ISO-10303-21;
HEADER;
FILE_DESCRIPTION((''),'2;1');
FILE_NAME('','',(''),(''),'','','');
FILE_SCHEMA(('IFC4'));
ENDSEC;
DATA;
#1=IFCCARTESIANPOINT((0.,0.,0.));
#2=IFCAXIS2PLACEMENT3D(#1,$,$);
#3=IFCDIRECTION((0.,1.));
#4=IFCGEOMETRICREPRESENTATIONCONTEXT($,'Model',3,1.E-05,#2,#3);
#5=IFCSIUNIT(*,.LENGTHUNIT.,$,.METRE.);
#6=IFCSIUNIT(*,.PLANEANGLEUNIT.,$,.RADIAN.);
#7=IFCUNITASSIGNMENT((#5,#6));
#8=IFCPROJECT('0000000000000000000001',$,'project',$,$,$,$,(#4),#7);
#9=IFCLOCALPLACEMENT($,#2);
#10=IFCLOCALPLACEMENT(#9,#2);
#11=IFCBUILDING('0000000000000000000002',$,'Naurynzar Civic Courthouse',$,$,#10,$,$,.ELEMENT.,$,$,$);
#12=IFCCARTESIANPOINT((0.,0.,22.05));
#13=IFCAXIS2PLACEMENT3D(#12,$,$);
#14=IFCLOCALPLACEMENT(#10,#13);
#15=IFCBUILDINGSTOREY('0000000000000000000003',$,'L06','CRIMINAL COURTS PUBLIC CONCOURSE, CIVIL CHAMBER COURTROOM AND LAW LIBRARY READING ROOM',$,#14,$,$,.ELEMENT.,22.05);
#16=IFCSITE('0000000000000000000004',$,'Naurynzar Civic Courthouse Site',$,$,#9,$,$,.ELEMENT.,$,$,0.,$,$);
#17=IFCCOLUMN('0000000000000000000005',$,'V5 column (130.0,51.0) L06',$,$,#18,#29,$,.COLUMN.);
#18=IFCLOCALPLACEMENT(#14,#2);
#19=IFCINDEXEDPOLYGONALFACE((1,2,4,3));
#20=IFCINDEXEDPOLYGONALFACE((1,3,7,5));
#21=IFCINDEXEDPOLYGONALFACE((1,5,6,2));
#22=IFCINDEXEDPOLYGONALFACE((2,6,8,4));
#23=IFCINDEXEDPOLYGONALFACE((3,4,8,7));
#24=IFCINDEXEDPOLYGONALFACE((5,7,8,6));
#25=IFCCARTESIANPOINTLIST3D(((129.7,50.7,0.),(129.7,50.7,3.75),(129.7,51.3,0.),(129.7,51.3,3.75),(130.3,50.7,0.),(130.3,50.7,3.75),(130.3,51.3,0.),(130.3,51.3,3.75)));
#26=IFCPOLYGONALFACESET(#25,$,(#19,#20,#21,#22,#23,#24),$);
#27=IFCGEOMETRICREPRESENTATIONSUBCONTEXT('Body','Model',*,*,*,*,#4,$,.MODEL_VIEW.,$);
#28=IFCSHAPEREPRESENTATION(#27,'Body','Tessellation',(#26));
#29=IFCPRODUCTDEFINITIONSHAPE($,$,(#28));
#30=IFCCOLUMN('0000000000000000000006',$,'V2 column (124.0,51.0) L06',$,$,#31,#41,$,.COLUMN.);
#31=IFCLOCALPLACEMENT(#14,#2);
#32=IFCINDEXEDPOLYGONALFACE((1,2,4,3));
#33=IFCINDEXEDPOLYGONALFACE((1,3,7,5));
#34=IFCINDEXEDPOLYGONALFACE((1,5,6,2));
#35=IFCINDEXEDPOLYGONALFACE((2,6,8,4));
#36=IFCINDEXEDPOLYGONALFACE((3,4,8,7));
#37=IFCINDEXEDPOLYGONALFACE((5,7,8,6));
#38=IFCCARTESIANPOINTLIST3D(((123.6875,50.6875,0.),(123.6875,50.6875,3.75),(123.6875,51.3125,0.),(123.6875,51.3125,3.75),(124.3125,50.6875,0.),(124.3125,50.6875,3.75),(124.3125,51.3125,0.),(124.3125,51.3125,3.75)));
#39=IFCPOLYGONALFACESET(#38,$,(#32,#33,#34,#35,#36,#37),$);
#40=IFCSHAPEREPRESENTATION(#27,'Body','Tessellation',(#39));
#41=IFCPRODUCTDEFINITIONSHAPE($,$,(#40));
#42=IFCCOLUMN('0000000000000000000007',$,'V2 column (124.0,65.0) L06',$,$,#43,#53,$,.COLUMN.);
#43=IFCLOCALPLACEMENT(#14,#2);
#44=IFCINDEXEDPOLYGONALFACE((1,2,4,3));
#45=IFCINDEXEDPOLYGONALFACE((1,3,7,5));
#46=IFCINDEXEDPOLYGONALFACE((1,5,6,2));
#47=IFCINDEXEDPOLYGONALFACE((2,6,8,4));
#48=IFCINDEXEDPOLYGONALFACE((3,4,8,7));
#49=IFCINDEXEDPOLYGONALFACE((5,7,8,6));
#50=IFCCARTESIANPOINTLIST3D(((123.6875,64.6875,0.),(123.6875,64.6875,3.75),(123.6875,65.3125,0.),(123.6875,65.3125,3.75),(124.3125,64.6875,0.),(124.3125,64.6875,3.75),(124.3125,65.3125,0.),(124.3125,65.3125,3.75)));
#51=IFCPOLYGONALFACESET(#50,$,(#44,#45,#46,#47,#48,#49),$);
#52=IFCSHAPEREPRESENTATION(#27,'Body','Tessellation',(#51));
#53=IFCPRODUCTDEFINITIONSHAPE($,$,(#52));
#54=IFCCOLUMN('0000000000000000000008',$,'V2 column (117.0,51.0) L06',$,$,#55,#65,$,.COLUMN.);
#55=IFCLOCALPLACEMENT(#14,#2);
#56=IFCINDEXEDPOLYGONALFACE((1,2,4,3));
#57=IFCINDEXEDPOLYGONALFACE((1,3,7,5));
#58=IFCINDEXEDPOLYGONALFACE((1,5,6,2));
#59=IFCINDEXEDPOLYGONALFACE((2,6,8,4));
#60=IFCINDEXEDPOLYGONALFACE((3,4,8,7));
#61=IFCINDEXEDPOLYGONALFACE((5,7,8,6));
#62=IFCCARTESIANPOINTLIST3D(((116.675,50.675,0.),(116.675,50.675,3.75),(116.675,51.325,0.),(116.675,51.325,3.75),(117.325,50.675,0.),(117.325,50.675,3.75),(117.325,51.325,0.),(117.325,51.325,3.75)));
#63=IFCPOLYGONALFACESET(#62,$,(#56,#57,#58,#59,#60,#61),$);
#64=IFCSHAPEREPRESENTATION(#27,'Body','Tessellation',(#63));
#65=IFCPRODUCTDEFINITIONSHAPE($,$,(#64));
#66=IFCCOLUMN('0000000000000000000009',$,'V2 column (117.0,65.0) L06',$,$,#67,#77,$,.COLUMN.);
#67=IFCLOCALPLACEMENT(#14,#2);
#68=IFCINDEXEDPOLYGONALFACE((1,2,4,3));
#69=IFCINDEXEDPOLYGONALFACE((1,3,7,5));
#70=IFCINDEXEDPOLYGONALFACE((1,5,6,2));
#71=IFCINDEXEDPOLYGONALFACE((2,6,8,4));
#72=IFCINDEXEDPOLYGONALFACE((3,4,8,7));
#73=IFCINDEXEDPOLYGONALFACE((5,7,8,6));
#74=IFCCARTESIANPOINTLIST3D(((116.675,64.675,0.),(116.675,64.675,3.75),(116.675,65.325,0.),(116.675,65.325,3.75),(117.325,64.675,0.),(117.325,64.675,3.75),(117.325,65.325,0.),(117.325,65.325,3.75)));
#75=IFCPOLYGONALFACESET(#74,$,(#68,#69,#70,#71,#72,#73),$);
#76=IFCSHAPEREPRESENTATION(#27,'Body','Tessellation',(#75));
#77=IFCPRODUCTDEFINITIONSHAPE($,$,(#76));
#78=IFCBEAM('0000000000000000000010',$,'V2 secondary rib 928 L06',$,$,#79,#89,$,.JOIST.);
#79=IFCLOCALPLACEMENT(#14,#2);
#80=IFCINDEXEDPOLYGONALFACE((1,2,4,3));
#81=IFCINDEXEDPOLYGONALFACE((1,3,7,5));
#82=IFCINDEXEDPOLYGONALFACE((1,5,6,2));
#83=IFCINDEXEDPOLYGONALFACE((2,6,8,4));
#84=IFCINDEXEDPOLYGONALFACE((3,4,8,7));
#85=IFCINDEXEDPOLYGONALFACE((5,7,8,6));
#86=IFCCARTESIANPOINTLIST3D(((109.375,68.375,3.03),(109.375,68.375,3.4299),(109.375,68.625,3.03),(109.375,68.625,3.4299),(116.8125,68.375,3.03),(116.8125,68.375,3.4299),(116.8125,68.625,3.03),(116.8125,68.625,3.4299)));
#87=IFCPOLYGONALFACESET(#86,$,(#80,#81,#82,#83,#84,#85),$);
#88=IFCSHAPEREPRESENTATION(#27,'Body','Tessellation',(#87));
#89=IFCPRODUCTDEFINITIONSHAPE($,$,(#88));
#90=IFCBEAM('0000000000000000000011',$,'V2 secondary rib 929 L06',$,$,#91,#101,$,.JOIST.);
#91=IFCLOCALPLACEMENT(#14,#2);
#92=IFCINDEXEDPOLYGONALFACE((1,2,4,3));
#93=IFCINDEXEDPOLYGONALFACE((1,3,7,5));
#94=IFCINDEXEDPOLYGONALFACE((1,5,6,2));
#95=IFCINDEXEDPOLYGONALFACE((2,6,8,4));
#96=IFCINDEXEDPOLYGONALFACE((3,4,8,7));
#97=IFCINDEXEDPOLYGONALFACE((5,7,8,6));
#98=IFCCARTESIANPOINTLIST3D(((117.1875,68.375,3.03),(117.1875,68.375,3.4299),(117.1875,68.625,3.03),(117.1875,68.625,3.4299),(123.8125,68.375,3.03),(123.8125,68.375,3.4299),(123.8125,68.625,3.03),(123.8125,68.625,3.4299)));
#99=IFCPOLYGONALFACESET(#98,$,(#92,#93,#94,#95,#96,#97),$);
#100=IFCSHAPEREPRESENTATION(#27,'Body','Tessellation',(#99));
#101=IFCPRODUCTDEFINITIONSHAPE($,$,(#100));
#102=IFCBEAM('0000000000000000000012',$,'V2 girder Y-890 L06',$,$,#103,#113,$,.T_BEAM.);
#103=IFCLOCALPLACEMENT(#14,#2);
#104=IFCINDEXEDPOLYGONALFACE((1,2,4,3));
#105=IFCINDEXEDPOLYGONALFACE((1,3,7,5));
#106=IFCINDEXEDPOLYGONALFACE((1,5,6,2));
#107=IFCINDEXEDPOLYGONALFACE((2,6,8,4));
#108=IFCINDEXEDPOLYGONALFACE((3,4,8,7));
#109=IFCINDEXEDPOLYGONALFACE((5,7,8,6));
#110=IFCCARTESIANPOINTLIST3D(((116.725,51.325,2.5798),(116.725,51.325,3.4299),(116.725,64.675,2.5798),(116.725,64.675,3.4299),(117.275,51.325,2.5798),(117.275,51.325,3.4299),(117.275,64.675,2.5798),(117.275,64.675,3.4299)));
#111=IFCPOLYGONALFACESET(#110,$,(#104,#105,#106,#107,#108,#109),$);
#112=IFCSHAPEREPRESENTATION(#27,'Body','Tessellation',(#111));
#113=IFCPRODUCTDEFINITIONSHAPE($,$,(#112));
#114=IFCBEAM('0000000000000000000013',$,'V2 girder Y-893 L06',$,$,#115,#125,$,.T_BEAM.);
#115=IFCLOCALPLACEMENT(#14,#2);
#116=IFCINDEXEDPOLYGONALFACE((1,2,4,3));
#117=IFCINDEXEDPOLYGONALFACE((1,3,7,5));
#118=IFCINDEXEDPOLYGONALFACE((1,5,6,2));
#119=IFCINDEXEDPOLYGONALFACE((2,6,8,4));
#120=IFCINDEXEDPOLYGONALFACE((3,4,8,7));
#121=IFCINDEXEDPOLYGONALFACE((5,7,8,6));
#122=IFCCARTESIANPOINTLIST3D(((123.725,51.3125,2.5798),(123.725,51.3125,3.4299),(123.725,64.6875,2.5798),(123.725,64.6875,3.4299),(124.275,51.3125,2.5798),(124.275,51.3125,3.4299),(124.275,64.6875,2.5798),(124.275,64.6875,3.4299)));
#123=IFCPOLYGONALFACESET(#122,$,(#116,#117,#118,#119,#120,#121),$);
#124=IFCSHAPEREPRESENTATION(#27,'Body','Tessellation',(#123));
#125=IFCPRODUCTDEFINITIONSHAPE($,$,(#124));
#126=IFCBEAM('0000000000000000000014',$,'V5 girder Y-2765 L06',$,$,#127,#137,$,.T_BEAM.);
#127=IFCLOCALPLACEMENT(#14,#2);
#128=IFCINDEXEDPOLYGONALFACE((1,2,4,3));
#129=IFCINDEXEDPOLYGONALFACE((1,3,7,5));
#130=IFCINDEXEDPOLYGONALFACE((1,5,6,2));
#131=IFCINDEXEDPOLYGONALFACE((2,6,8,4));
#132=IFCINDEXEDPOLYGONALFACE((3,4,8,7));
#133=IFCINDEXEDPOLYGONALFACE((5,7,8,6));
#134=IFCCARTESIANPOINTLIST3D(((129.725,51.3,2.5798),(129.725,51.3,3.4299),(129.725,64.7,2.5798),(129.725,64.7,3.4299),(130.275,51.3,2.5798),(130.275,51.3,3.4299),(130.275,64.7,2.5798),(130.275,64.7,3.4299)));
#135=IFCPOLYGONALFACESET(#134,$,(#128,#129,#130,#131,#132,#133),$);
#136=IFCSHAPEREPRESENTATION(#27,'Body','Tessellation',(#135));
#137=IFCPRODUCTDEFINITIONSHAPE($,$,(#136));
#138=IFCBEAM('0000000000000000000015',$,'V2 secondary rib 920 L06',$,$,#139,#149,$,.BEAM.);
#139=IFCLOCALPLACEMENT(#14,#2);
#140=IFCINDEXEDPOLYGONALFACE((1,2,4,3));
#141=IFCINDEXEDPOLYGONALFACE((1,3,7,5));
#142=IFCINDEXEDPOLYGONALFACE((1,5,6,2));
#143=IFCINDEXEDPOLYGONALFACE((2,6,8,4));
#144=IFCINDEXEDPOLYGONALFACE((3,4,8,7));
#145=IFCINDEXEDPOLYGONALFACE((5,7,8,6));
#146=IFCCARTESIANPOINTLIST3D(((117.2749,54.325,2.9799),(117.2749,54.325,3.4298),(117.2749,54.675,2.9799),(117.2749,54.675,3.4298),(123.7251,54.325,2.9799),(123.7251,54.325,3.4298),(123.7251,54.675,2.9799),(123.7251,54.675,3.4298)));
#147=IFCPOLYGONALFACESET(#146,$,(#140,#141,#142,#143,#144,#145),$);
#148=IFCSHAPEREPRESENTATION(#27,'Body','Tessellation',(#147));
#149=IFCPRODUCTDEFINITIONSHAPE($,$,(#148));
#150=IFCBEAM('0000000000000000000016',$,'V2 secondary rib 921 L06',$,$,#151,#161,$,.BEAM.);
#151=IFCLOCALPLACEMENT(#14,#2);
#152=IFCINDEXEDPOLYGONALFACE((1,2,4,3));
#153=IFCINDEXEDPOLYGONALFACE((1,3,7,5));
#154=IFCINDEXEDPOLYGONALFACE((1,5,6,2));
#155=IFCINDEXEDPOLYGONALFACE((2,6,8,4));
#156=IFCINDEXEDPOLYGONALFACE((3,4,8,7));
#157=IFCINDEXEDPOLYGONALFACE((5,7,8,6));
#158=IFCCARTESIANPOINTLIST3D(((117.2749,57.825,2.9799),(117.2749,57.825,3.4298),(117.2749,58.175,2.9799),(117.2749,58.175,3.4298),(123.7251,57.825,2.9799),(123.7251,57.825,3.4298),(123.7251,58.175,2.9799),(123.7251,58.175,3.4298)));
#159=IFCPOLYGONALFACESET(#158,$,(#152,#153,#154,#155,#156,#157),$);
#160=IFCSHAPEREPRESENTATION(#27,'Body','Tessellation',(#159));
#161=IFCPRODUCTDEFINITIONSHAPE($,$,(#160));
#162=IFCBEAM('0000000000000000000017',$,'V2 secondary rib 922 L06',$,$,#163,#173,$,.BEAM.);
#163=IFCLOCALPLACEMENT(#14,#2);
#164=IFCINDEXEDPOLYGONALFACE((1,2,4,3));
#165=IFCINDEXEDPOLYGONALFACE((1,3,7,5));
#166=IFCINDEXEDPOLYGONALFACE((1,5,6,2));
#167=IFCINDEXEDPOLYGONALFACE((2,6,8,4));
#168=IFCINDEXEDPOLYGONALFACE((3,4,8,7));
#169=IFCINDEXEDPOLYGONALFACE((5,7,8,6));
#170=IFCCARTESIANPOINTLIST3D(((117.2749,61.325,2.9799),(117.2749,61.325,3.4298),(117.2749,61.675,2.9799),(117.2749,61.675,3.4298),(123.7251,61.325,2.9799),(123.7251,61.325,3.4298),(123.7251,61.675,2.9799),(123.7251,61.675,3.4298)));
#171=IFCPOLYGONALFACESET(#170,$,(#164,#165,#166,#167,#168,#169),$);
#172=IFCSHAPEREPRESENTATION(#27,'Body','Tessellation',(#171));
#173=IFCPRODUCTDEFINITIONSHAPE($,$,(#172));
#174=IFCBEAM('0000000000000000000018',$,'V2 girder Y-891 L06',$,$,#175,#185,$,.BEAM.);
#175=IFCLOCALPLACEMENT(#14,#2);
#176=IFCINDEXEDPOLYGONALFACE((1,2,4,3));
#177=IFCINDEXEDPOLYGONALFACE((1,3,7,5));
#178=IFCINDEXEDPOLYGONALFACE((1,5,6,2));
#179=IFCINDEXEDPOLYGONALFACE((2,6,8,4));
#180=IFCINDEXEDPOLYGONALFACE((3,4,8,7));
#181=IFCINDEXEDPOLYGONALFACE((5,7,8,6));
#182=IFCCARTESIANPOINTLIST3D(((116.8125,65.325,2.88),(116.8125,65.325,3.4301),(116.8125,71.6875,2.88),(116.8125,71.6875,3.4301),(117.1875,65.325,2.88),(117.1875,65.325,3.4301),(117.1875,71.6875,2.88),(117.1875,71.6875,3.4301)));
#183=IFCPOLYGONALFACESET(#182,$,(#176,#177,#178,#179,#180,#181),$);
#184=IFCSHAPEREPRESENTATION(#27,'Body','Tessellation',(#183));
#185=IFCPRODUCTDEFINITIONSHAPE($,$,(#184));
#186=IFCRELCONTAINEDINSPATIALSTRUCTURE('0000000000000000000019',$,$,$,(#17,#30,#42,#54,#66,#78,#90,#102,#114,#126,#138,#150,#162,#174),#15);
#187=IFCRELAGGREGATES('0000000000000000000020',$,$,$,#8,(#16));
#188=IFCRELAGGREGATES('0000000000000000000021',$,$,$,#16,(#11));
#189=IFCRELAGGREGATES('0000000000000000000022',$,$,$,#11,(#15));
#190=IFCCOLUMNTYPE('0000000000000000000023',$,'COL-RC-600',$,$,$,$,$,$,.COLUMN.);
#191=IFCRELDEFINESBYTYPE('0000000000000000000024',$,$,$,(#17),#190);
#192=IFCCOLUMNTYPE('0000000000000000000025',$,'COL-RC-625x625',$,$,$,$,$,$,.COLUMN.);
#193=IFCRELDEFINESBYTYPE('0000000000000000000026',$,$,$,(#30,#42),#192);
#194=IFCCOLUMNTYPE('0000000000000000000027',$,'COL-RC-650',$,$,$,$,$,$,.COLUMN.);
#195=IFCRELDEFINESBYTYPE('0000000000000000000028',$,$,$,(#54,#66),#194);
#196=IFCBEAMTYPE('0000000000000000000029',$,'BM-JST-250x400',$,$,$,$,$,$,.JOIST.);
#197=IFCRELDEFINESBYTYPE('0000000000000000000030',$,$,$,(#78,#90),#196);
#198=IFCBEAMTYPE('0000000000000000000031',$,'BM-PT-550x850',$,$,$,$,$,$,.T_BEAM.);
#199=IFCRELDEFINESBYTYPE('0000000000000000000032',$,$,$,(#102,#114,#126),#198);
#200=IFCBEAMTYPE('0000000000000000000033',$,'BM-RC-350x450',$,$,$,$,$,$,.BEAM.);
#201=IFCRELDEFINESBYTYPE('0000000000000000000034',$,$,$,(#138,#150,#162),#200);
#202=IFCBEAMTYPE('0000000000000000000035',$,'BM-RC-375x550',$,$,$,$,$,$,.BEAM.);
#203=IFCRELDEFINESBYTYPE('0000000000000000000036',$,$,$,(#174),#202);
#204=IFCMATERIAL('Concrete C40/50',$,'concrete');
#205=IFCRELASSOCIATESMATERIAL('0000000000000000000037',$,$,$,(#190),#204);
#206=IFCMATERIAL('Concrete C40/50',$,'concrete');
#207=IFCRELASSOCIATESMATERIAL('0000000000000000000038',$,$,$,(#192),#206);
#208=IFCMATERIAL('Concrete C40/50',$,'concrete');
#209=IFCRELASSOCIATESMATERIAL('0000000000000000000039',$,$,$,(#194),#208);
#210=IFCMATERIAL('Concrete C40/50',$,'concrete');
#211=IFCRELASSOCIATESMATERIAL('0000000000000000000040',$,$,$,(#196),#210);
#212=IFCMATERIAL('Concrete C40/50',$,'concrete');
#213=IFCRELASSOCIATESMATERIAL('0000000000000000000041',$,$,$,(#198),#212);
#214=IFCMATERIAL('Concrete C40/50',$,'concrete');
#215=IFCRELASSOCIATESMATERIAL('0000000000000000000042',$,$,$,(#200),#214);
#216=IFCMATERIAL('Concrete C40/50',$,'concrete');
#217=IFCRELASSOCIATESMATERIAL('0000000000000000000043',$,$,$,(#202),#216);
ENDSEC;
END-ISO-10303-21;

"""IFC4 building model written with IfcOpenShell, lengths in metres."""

from ifc_helpers import new_model, si_unit, direction, frame, origin, origin_2d, place, context, subcontext, project, spatial, rectangle, extrude, material, material_profile, profile_set, type_object, element, save


model = new_model("IFC4")

# Units and contexts
model_context = context("Model", 3, precision=1e-05, world=origin(), true_north=direction((0.0, 1.0)))
body_context = subcontext(model_context, "Body", "Model", "MODEL_VIEW")
ifc_project = project(units=[si_unit("LENGTHUNIT", "METRE"), si_unit("PLANEANGLEUNIT", "RADIAN")], contexts=[model_context])

# Site, building, storey
site_placement = place(None, origin())
site = spatial("IfcSite", under=ifc_project, at=site_placement, Name="Naurynzar Civic Courthouse Site", CompositionType="ELEMENT", RefElevation=0.0)
building_placement = place(site_placement, origin())
building = spatial("IfcBuilding", under=site, at=building_placement, Name="Naurynzar Civic Courthouse", CompositionType="ELEMENT")
storey_placement = place(building_placement, frame((0.0, 0.0, 22.05)))
storey = spatial("IfcBuildingStorey", under=building, at=storey_placement, Name="L06", Description="CRIMINAL COURTS PUBLIC CONCOURSE, CIVIL CHAMBER COURTROOM AND LAW LIBRARY READING ROOM", CompositionType="ELEMENT", Elevation=22.05)

# Columns
ifc_material_1 = material(Name="Concrete C40/50", Category="concrete")
ifc_material_profile_1 = material_profile(ifc_material_1, rectangle(XDim=0.6001, YDim=0.6001, at=origin_2d()), Name="RC 600x600")
ifc_profile_set_1 = profile_set([ifc_material_profile_1], Name="Concrete C40/50")
column_type_1 = type_object("IfcColumnType", Name="COL-RC-600", PredefinedType="COLUMN", material=ifc_profile_set_1)
column_placement = place(storey_placement, frame((130.0, 51.0, 0.0), z_axis=(0.0, 0.0, 1.0), x_axis=(1.0, 0.0, 0.0)))
element("IfcColumn", 1, at=column_placement, inside=storey, type_object=column_type_1, Name="V5 column (130.0,51.0) L06", PredefinedType="COLUMN", context=body_context, shape_type="SweptSolid", body=[
    extrude(rectangle(XDim=0.6001, YDim=0.6001, at=origin_2d()), origin(), (0.0, 0.0, 1.0), 3.75),
])
ifc_material_2 = material(Name="Concrete C40/50", Category="concrete")
ifc_material_profile_2 = material_profile(ifc_material_2, rectangle(XDim=0.625, YDim=0.625, at=origin_2d()), Name="RC 625x625")
ifc_profile_set_2 = profile_set([ifc_material_profile_2], Name="Concrete C40/50")
column_type_2 = type_object("IfcColumnType", Name="COL-RC-625x625", PredefinedType="COLUMN", material=ifc_profile_set_2)
for number, where, z_axis, x_axis, name in (
    (2, (124.0, 51.0, 0.0), (0.0, 0.0, 1.0), (1.0, 0.0, 0.0), "V2 column (124.0,51.0) L06"),
    (3, (124.0, 65.0, 0.0), (0.0, 0.0, 1.0), (1.0, 0.0, 0.0), "V2 column (124.0,65.0) L06"),
):
    element("IfcColumn", number, at=place(storey_placement, frame(where, z_axis=z_axis, x_axis=x_axis)), inside=storey, type_object=column_type_2, Name=name, PredefinedType="COLUMN", context=body_context, shape_type="SweptSolid", body=[
        extrude(rectangle(XDim=0.625, YDim=0.625, at=origin_2d()), origin(), (0.0, 0.0, 1.0), 3.75),
    ])
ifc_material_3 = material(Name="Concrete C40/50", Category="concrete")
ifc_material_profile_3 = material_profile(ifc_material_3, rectangle(XDim=0.6499, YDim=0.6499, at=origin_2d()), Name="RC 650x650")
ifc_profile_set_3 = profile_set([ifc_material_profile_3], Name="Concrete C40/50")
column_type_3 = type_object("IfcColumnType", Name="COL-RC-650", PredefinedType="COLUMN", material=ifc_profile_set_3)
for number, where, z_axis, x_axis, name in (
    (4, (117.0, 51.0, 0.0), (0.0, 0.0, 1.0), (1.0, 0.0, 0.0), "V2 column (117.0,51.0) L06"),
    (5, (117.0, 65.0, 0.0), (0.0, 0.0, 1.0), (1.0, 0.0, 0.0), "V2 column (117.0,65.0) L06"),
):
    element("IfcColumn", number, at=place(storey_placement, frame(where, z_axis=z_axis, x_axis=x_axis)), inside=storey, type_object=column_type_3, Name=name, PredefinedType="COLUMN", context=body_context, shape_type="SweptSolid", body=[
        extrude(rectangle(XDim=0.6499, YDim=0.6499, at=origin_2d()), origin(), (0.0, 0.0, 1.0), 3.75),
    ])

# Beams
ifc_material_4 = material(Name="Concrete C40/50", Category="concrete")
ifc_material_profile_4 = material_profile(ifc_material_4, rectangle(XDim=0.25, YDim=0.3999, at=origin_2d()), Name="RCB 250x400")
ifc_profile_set_4 = profile_set([ifc_material_profile_4], Name="Concrete C40/50")
beam_type_1 = type_object("IfcBeamType", Name="BM-JST-250x400", PredefinedType="JOIST", material=ifc_profile_set_4)
beam_1_placement = place(storey_placement, frame((109.375, 68.5, 3.23), z_axis=(1.0, 0.0, 0.0), x_axis=(0.0, 1.0, 0.0)))
element("IfcBeam", 6, at=beam_1_placement, inside=storey, type_object=beam_type_1, Name="V2 secondary rib 928 L06", PredefinedType="JOIST", context=body_context, shape_type="SweptSolid", body=[
    extrude(rectangle(XDim=0.25, YDim=0.3999, at=origin_2d()), origin(), (0.0, 0.0, 1.0), 7.4375),
])
beam_2_placement = place(storey_placement, frame((117.1875, 68.5, 3.23), z_axis=(1.0, 0.0, 0.0), x_axis=(0.0, 1.0, 0.0)))
element("IfcBeam", 7, at=beam_2_placement, inside=storey, type_object=beam_type_1, Name="V2 secondary rib 929 L06", PredefinedType="JOIST", context=body_context, shape_type="SweptSolid", body=[
    extrude(rectangle(XDim=0.25, YDim=0.3999, at=origin_2d()), origin(), (0.0, 0.0, 1.0), 6.625),
])
ifc_material_5 = material(Name="Concrete C40/50", Category="concrete")
ifc_material_profile_5 = material_profile(ifc_material_5, rectangle(XDim=0.55, YDim=0.8501, at=origin_2d()), Name="PTB 550x850")
ifc_profile_set_5 = profile_set([ifc_material_profile_5], Name="Concrete C40/50")
beam_type_2 = type_object("IfcBeamType", Name="BM-PT-550x850", PredefinedType="T_BEAM", material=ifc_profile_set_5)
beam_3_placement = place(storey_placement, frame((117.0, 51.325, 3.0049), z_axis=(0.0, 1.0, 0.0), x_axis=(-1.0, 0.0, 0.0)))
element("IfcBeam", 8, at=beam_3_placement, inside=storey, type_object=beam_type_2, Name="V2 girder Y-890 L06", PredefinedType="T_BEAM", context=body_context, shape_type="SweptSolid", body=[
    extrude(rectangle(XDim=0.55, YDim=0.8501, at=origin_2d()), origin(), (0.0, 0.0, 1.0), 13.3501),
])
beam_4_placement = place(storey_placement, frame((124.0, 51.3125, 3.0049), z_axis=(0.0, 1.0, 0.0), x_axis=(-1.0, 0.0, 0.0)))
element("IfcBeam", 9, at=beam_4_placement, inside=storey, type_object=beam_type_2, Name="V2 girder Y-893 L06", PredefinedType="T_BEAM", context=body_context, shape_type="SweptSolid", body=[
    extrude(rectangle(XDim=0.55, YDim=0.8501, at=origin_2d()), origin(), (0.0, 0.0, 1.0), 13.375),
])
beam_5_placement = place(storey_placement, frame((130.0, 51.3, 3.0049), z_axis=(0.0, 1.0, 0.0), x_axis=(-1.0, 0.0, 0.0)))
element("IfcBeam", 10, at=beam_5_placement, inside=storey, type_object=beam_type_2, Name="V5 girder Y-2765 L06", PredefinedType="T_BEAM", context=body_context, shape_type="SweptSolid", body=[
    extrude(rectangle(XDim=0.55, YDim=0.8501, at=origin_2d()), origin(), (0.0, 0.0, 1.0), 13.3999),
])
ifc_material_6 = material(Name="Concrete C40/50", Category="concrete")
ifc_material_profile_6 = material_profile(ifc_material_6, rectangle(XDim=0.3501, YDim=0.45, at=origin_2d()), Name="RCB 350x450")
ifc_profile_set_6 = profile_set([ifc_material_profile_6], Name="Concrete C40/50")
beam_type_3 = type_object("IfcBeamType", Name="BM-RC-350x450", PredefinedType="BEAM", material=ifc_profile_set_6)
for number, where, z_axis, x_axis, name in (
    (11, (117.2749, 54.5, 3.2048), (1.0, 0.0, 0.0), (0.0, 1.0, 0.0), "V2 secondary rib 920 L06"),
    (12, (117.2749, 58.0, 3.2048), (1.0, 0.0, 0.0), (0.0, 1.0, 0.0), "V2 secondary rib 921 L06"),
    (13, (117.2749, 61.5, 3.2048), (1.0, 0.0, 0.0), (0.0, 1.0, 0.0), "V2 secondary rib 922 L06"),
):
    element("IfcBeam", number, at=place(storey_placement, frame(where, z_axis=z_axis, x_axis=x_axis)), inside=storey, type_object=beam_type_3, Name=name, PredefinedType="BEAM", context=body_context, shape_type="SweptSolid", body=[
        extrude(rectangle(XDim=0.3501, YDim=0.45, at=origin_2d()), origin(), (0.0, 0.0, 1.0), 6.4502),
    ])
ifc_material_7 = material(Name="Concrete C40/50", Category="concrete")
ifc_material_profile_7 = material_profile(ifc_material_7, rectangle(XDim=0.375, YDim=0.55, at=origin_2d()), Name="RCB 375x550")
ifc_profile_set_7 = profile_set([ifc_material_profile_7], Name="Concrete C40/50")
beam_type_4 = type_object("IfcBeamType", Name="BM-RC-375x550", PredefinedType="BEAM", material=ifc_profile_set_7)
beam_6_placement = place(storey_placement, frame((117.0, 65.325, 3.155), z_axis=(0.0, 1.0, 0.0), x_axis=(-1.0, 0.0, 0.0)))
element("IfcBeam", 14, at=beam_6_placement, inside=storey, type_object=beam_type_4, Name="V2 girder Y-891 L06", PredefinedType="BEAM", context=body_context, shape_type="SweptSolid", body=[
    extrude(rectangle(XDim=0.375, YDim=0.55, at=origin_2d()), origin(), (0.0, 0.0, 1.0), 6.3625),
])

save(model, "model.ifc")
